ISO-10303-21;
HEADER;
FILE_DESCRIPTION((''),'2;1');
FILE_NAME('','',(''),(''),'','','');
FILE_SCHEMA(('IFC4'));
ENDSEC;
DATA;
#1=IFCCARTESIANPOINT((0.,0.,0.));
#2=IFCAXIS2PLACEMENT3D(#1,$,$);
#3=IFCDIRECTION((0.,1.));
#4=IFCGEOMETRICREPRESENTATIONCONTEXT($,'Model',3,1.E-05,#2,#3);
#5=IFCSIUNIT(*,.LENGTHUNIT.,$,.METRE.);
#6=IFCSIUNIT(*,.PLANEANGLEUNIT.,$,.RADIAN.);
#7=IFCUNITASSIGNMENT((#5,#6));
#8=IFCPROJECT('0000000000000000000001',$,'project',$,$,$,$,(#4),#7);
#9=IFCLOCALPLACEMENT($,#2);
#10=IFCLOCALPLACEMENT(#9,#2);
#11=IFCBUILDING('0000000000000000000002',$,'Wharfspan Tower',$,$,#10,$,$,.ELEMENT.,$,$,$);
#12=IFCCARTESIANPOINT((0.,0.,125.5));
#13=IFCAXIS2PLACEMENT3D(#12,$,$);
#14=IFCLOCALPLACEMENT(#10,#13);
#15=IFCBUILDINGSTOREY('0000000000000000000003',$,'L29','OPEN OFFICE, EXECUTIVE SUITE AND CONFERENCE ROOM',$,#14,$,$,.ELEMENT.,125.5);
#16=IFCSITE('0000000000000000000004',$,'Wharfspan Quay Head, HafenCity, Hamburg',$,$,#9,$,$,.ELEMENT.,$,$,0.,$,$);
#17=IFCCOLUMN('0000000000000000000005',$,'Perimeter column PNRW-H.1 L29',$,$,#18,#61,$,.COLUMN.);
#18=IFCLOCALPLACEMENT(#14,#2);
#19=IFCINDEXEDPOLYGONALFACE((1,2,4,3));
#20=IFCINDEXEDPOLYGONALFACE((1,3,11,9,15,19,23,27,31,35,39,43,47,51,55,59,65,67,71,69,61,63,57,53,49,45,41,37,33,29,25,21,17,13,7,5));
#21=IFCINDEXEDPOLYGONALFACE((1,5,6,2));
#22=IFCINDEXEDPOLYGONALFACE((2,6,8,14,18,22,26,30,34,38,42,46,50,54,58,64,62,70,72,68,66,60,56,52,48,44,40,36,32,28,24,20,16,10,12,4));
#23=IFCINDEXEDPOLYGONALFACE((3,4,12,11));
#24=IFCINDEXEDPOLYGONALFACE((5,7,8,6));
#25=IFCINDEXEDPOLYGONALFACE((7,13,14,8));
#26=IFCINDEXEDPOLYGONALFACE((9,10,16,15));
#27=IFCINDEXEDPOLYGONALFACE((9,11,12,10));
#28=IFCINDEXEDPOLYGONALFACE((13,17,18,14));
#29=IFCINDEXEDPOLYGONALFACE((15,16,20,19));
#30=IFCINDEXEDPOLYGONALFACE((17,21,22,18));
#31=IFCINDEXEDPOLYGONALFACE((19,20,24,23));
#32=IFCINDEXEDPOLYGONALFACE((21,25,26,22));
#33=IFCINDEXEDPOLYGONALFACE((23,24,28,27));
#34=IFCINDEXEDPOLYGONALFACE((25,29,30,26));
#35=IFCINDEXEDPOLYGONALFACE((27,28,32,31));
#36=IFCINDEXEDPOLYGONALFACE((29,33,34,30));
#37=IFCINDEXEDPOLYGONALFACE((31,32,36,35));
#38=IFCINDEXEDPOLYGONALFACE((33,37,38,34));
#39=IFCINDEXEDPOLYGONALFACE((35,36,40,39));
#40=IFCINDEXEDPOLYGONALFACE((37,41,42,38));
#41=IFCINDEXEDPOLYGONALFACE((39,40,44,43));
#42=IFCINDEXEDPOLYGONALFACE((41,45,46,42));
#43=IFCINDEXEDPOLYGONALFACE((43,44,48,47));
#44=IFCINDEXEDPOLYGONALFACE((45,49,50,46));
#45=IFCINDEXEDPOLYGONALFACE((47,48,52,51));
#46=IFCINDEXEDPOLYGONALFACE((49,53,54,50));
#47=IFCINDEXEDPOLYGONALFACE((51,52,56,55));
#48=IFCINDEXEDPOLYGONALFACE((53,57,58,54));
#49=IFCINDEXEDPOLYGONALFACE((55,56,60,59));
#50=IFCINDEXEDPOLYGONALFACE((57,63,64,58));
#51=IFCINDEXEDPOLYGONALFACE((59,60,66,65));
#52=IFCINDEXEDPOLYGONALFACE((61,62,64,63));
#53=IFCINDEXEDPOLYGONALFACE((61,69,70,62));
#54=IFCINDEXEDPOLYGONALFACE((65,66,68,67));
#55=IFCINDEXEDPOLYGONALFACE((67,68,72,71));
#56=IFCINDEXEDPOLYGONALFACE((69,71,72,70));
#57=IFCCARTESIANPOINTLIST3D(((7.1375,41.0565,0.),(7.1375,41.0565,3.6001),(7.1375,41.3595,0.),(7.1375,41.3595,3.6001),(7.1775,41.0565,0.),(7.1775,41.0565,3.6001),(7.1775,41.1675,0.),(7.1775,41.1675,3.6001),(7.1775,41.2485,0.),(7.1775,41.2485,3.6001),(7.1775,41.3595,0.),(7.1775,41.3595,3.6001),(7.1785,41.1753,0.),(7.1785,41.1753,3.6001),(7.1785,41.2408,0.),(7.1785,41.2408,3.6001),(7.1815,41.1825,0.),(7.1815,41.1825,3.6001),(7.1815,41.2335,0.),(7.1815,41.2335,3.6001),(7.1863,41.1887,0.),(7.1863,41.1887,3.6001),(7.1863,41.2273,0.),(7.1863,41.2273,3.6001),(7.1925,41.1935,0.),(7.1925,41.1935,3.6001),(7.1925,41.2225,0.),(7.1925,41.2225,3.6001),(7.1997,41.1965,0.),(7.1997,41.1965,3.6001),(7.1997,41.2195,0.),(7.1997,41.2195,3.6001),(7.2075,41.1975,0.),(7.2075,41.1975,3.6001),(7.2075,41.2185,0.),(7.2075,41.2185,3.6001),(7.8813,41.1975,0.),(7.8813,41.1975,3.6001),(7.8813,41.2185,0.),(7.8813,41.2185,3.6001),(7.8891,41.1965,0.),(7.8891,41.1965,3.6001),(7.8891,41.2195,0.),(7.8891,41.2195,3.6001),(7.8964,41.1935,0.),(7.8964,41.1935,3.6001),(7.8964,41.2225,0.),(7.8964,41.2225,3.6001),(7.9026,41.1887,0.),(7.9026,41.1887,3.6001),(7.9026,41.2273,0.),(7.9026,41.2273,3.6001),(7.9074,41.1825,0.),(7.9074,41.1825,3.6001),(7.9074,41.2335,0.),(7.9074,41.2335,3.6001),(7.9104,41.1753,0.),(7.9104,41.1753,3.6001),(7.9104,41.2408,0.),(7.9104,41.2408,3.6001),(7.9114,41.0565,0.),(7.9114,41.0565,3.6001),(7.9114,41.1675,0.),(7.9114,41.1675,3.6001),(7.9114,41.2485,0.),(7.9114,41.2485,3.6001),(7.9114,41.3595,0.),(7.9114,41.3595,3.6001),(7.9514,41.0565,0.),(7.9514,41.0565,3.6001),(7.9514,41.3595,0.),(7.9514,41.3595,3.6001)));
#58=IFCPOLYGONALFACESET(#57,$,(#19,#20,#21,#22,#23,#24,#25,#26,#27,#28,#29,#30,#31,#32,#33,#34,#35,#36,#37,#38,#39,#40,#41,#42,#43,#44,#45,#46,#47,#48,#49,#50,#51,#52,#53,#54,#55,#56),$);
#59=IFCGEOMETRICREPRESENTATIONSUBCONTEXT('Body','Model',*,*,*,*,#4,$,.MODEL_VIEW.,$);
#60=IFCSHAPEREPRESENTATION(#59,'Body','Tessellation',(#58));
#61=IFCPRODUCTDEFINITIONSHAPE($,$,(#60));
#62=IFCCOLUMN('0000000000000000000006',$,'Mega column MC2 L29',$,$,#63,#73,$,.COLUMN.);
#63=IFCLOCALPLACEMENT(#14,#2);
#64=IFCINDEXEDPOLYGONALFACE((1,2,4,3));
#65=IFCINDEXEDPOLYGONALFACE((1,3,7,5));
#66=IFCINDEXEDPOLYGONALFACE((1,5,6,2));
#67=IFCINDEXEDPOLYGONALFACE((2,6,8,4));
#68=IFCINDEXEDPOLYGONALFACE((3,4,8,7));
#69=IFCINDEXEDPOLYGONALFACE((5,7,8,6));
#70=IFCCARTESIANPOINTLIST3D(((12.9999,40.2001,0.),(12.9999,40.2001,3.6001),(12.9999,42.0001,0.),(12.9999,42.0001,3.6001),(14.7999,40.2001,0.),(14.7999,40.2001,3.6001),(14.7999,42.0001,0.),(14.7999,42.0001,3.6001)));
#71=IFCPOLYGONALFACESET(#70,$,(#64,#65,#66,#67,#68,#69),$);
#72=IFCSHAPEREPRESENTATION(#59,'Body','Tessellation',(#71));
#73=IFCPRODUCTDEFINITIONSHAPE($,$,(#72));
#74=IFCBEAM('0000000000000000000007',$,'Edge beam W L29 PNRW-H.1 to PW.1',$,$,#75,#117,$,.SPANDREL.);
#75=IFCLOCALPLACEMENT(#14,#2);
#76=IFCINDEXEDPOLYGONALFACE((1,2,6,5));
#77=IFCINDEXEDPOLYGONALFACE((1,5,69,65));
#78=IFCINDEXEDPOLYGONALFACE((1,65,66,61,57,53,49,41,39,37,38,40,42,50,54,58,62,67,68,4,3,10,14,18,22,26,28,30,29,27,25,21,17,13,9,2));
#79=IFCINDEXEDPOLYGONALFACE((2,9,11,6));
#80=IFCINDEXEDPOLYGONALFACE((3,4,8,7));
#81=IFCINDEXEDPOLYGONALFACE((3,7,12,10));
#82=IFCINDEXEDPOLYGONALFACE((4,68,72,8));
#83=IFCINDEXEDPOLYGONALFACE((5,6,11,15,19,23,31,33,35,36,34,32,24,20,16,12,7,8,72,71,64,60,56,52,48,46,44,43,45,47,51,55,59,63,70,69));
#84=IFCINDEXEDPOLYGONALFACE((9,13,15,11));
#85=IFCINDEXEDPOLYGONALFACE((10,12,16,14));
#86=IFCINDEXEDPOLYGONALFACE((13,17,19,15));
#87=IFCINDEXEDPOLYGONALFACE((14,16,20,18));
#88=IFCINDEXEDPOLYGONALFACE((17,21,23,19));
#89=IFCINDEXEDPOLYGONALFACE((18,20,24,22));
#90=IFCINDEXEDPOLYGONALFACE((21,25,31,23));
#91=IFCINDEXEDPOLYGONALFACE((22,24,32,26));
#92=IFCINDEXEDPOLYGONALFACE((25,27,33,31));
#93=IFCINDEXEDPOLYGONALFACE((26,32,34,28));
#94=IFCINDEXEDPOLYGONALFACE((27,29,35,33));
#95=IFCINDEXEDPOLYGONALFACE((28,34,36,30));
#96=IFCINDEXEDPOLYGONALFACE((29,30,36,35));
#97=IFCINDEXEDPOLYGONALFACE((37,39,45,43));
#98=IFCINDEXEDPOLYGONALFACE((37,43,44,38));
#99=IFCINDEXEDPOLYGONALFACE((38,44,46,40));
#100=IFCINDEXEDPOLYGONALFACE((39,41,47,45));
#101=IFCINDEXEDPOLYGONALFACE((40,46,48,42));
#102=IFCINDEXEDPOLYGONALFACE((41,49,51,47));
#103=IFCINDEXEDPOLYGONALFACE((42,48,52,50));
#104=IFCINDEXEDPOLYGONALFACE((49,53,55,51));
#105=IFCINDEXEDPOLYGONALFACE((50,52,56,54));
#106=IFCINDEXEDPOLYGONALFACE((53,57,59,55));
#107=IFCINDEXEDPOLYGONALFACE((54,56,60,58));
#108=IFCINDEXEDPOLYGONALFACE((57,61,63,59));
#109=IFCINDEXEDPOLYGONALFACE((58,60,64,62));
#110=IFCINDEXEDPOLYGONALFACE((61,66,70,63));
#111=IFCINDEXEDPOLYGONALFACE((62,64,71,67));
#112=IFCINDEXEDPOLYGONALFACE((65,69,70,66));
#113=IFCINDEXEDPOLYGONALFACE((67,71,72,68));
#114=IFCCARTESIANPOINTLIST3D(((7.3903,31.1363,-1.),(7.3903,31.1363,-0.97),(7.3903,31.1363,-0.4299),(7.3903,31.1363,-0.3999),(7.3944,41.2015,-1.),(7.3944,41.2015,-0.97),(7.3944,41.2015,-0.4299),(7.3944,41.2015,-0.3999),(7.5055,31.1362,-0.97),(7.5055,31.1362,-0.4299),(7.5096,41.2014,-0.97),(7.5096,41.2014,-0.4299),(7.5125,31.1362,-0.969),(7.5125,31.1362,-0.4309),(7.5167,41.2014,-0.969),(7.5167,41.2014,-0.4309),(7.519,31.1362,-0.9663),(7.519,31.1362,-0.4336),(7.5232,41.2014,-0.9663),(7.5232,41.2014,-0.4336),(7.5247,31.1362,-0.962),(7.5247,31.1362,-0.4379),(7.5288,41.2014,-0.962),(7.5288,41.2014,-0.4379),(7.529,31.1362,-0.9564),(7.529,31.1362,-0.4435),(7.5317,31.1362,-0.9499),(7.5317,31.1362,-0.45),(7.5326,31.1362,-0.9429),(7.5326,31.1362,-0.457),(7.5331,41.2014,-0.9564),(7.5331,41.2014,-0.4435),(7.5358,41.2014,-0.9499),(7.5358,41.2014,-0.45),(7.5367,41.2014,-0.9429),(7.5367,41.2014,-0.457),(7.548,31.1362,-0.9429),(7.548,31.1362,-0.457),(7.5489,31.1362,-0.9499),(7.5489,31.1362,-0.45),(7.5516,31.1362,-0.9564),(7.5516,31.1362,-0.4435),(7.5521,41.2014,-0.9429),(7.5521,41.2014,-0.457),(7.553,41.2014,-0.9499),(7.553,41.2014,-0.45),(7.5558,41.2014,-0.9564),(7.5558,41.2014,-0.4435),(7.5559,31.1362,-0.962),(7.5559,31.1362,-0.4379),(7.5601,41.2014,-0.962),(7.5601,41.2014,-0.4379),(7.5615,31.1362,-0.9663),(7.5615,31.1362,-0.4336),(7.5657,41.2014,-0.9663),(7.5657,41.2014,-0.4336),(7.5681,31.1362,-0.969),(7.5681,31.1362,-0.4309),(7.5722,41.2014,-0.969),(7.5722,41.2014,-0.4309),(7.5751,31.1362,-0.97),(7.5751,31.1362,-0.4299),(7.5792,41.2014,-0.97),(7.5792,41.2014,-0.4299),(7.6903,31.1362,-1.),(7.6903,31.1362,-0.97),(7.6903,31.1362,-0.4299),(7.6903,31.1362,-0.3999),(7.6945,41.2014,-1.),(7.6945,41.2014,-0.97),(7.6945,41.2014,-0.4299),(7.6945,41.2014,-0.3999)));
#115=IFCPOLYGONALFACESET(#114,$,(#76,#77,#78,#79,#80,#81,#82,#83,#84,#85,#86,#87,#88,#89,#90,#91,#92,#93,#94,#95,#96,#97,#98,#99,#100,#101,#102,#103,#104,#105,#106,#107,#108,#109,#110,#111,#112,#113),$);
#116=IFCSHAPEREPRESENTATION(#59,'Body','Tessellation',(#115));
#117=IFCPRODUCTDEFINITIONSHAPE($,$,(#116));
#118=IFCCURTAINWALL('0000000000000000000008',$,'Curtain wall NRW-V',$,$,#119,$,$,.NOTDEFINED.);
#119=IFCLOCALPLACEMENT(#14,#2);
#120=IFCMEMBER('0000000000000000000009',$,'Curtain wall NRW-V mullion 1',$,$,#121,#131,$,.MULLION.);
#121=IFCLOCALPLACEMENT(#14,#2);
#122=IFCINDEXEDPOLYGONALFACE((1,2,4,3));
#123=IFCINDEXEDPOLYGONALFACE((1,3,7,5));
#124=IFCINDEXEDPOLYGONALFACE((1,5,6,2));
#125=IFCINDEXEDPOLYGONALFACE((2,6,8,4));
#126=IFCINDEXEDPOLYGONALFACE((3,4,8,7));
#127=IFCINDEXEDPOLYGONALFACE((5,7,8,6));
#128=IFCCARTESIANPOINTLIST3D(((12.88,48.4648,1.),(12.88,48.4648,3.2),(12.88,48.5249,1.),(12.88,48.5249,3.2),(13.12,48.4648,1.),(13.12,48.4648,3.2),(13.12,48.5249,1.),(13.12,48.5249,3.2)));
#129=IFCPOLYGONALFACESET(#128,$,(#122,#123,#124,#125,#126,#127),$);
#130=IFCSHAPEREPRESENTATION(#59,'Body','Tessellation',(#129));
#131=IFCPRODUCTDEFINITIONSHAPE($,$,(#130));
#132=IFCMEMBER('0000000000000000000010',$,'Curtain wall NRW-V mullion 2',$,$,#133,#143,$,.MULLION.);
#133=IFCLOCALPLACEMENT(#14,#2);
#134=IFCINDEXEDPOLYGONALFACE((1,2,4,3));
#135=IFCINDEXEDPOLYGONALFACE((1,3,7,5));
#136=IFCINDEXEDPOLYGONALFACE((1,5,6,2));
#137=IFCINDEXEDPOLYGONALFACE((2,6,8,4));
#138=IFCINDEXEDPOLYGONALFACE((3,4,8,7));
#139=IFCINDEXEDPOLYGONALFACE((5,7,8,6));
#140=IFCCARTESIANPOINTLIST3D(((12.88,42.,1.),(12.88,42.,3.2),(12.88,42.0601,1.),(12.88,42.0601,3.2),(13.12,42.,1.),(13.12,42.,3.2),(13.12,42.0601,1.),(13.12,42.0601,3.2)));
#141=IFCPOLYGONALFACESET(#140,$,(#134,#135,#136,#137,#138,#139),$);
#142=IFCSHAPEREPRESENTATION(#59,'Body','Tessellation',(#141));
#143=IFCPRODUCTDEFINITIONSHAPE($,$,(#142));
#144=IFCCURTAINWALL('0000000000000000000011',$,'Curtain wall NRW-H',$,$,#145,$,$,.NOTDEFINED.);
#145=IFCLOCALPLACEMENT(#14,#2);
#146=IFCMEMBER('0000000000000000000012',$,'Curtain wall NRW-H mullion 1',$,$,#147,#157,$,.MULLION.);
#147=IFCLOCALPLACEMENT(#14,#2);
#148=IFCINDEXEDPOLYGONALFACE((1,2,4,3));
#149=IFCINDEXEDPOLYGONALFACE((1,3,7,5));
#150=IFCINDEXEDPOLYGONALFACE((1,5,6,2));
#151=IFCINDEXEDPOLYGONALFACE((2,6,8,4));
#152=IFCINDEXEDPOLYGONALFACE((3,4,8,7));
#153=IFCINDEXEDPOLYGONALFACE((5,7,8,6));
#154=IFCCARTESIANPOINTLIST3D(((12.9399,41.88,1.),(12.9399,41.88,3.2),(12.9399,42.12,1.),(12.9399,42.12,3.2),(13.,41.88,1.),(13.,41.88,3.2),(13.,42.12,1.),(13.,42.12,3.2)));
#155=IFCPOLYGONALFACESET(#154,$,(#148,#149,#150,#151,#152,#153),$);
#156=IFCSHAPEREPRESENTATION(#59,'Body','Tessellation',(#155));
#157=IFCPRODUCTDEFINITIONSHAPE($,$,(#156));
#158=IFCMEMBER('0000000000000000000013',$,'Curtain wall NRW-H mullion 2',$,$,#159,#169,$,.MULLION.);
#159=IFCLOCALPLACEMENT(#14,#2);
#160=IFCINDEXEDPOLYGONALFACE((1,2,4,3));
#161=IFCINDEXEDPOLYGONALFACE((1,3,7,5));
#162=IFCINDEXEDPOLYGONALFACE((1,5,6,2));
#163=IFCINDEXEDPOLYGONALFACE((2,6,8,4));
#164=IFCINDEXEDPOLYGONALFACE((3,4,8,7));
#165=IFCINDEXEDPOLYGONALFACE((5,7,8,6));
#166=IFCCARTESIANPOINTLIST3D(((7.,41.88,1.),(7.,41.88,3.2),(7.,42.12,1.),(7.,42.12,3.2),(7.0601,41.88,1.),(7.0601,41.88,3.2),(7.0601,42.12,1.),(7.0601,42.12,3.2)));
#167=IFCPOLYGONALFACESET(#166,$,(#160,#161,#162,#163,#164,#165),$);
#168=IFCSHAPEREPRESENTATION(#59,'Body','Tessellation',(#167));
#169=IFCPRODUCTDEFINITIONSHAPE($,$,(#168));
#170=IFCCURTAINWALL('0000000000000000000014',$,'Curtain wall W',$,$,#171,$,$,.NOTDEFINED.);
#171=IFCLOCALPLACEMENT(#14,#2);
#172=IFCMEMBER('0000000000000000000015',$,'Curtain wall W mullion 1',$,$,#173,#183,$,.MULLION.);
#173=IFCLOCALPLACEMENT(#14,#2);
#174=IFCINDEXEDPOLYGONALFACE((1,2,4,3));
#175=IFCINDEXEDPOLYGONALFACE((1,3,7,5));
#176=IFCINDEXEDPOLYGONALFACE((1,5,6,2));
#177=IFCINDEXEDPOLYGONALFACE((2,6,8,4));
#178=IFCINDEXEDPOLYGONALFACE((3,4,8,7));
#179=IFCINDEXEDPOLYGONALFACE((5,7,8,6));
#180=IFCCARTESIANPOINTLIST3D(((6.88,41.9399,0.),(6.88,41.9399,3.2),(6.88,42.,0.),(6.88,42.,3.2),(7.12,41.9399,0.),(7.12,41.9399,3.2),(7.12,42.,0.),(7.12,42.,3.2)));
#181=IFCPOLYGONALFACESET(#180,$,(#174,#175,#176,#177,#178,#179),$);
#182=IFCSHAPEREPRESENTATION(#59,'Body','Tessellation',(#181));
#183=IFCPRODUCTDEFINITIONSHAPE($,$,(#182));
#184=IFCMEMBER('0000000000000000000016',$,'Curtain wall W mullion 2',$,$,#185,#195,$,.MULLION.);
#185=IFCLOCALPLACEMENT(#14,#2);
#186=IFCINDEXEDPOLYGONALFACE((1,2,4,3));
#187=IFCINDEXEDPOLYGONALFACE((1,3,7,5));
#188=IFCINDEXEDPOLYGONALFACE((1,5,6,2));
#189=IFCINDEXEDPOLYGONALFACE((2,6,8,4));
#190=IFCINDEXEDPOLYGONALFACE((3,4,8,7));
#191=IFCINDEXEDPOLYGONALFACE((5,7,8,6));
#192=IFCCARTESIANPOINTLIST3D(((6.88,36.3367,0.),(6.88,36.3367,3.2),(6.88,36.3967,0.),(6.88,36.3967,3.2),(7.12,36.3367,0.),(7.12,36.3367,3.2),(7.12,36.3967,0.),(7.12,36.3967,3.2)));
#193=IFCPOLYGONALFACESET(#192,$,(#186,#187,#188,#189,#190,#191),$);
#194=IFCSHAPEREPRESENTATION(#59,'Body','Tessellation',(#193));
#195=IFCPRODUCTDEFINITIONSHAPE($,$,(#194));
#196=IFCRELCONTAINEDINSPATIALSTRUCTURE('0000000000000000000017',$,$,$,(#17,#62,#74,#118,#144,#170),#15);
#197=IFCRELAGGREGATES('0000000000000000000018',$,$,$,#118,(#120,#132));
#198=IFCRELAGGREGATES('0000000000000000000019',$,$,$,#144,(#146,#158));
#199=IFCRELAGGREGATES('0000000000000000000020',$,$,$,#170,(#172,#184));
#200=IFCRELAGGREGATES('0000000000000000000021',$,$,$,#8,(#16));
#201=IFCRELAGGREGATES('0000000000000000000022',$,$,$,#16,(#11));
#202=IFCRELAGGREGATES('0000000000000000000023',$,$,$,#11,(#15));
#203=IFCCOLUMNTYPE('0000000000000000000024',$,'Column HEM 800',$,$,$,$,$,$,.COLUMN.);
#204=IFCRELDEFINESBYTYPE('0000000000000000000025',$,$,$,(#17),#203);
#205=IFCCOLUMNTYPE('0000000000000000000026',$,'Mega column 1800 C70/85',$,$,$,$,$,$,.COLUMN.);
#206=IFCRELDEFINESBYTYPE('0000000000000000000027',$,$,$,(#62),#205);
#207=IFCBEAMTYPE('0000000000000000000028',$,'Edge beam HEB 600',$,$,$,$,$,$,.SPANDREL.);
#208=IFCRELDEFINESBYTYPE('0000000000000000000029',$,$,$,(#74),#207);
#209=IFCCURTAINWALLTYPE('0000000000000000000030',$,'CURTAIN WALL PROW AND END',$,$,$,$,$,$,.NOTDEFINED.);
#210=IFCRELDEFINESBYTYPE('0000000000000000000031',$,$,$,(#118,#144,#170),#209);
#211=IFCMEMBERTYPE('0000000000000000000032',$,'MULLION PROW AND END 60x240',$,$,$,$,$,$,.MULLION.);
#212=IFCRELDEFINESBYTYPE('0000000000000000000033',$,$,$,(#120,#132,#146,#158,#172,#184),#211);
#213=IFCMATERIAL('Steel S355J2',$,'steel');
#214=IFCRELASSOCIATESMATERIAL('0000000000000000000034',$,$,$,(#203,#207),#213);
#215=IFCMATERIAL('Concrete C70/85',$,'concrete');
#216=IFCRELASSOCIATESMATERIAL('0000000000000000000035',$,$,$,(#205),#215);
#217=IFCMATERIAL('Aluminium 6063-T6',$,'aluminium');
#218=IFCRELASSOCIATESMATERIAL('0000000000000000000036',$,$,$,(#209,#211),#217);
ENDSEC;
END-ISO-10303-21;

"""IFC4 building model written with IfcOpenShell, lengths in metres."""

from ifc_helpers import new_model, si_unit, direction, frame, origin, origin_2d, place, context, subcontext, project, spatial, rectangle, i_section, extrude, material, material_profile, profile_set, type_object, element, aggregate, save


model = new_model("IFC4")

# Units and contexts
model_context = context("Model", 3, precision=1e-05, world=origin(), true_north=direction((0.0, 1.0)))
body_context = subcontext(model_context, "Body", "Model", "MODEL_VIEW")
ifc_project = project(units=[si_unit("LENGTHUNIT", "METRE"), si_unit("PLANEANGLEUNIT", "RADIAN")], contexts=[model_context])

# Site, building, storey
site_placement = place(None, origin())
site = spatial("IfcSite", under=ifc_project, at=site_placement, Name="Wharfspan Quay Head, HafenCity, Hamburg", CompositionType="ELEMENT", RefElevation=0.0)
building_placement = place(site_placement, origin())
building = spatial("IfcBuilding", under=site, at=building_placement, Name="Wharfspan Tower", CompositionType="ELEMENT")
storey_placement = place(building_placement, frame((0.0, 0.0, 125.5)))
storey = spatial("IfcBuildingStorey", under=building, at=storey_placement, Name="L29", Description="OPEN OFFICE, EXECUTIVE SUITE AND CONFERENCE ROOM", CompositionType="ELEMENT", Elevation=125.5)

# Columns
ifc_material_1 = material(Name="Steel S355J2", Category="steel")
ifc_material_profile_1 = material_profile(ifc_material_1, i_section(OverallWidth=0.303, OverallDepth=0.814, WebThickness=0.021, FlangeThickness=0.04, FilletRadius=0.03, at=origin_2d()))
ifc_profile_set_1 = profile_set([ifc_material_profile_1], Name="Steel S355J2")
column_type_1 = type_object("IfcColumnType", Name="Column HEM 800", PredefinedType="COLUMN", material=ifc_profile_set_1)
column_1_placement = place(storey_placement, frame((7.5444, 41.208, 0.0), z_axis=(0.0, 0.0, 1.0), x_axis=(0.0, 1.0, 0.0)))
element("IfcColumn", 1, at=column_1_placement, inside=storey, type_object=column_type_1, Name="Perimeter column PNRW-H.1 L29", PredefinedType="COLUMN", context=body_context, shape_type="SweptSolid", body=[
    extrude(i_section(OverallWidth=0.303, OverallDepth=0.814, WebThickness=0.021, FlangeThickness=0.04, FilletRadius=0.03, at=origin_2d()), origin(), (0.0, 0.0, 1.0), 3.6001),
])
ifc_material_2 = material(Name="Concrete C70/85", Category="concrete")
ifc_material_profile_2 = material_profile(ifc_material_2, rectangle(XDim=1.8, YDim=1.8, at=origin_2d()))
ifc_profile_set_2 = profile_set([ifc_material_profile_2], Name="Concrete C70/85")
column_type_2 = type_object("IfcColumnType", Name="Mega column 1800 C70/85", PredefinedType="COLUMN", material=ifc_profile_set_2)
column_2_placement = place(storey_placement, frame((13.8999, 41.1001, 0.0), z_axis=(0.0, 0.0, 1.0), x_axis=(1.0, 0.0, 0.0)))
element("IfcColumn", 2, at=column_2_placement, inside=storey, type_object=column_type_2, Name="Mega column MC2 L29", PredefinedType="COLUMN", context=body_context, shape_type="SweptSolid", body=[
    extrude(rectangle(XDim=1.8, YDim=1.8, at=origin_2d()), origin(), (0.0, 0.0, 1.0), 3.6001),
])

# Beam
ifc_material_profile_3 = material_profile(ifc_material_1, i_section(OverallWidth=0.3, OverallDepth=0.6001, WebThickness=0.0154, FlangeThickness=0.03, FilletRadius=0.0271, at=origin_2d()))
ifc_profile_set_3 = profile_set([ifc_material_profile_3], Name="Steel S355J2")
beam_type = type_object("IfcBeamType", Name="Edge beam HEB 600", PredefinedType="SPANDREL", material=ifc_profile_set_3)
beam_placement = place(storey_placement, frame((7.5444, 41.2014, -0.7), z_axis=(-0.000412, -1.0, 0.0), x_axis=(1.0, -0.000412, 0.0)))
element("IfcBeam", 3, at=beam_placement, inside=storey, type_object=beam_type, Name="Edge beam W L29 PNRW-H.1 to PW.1", PredefinedType="SPANDREL", context=body_context, shape_type="SweptSolid", body=[
    extrude(i_section(OverallWidth=0.3, OverallDepth=0.6001, WebThickness=0.0154, FlangeThickness=0.03, FilletRadius=0.0271, at=origin_2d()), origin(), (0.0, 0.0, 1.0), 10.0652),
])

# Curtain walls, members
ifc_material_3 = material(Name="Aluminium 6063-T6", Category="aluminium")
curtain_wall_type = type_object("IfcCurtainWallType", Name="CURTAIN WALL PROW AND END", PredefinedType="NOTDEFINED", material=ifc_material_3)
curtain_wall_1_placement = place(storey_placement, origin())
curtain_wall_1 = element("IfcCurtainWall", 4, at=curtain_wall_1_placement, inside=storey, type_object=curtain_wall_type, Name="Curtain wall NRW-V", PredefinedType="NOTDEFINED")
ifc_material_profile_4 = material_profile(ifc_material_3, rectangle(XDim=0.24, YDim=0.0601, at=origin_2d()))
ifc_profile_set_4 = profile_set([ifc_material_profile_4], Name="Aluminium 6063-T6")
member_type_1 = type_object("IfcMemberType", Name="MULLION PROW AND END 60x240", PredefinedType="MULLION", material=ifc_profile_set_4)
member_1_placement = place(storey_placement, frame((13.0, 48.4949, 1.0), z_axis=(0.0, 0.0, 1.0), x_axis=(1.0, 0.0, 0.0)))
member_1 = element("IfcMember", 5, at=member_1_placement, type_object=member_type_1, Name="Curtain wall NRW-V mullion 1", PredefinedType="MULLION", context=body_context, shape_type="SweptSolid", body=[
    extrude(rectangle(XDim=0.24, YDim=0.0601, at=origin_2d()), origin(), (0.0, 0.0, 1.0), 2.2),
])
member_2_placement = place(storey_placement, frame((13.0, 42.03, 1.0), z_axis=(0.0, 0.0, 1.0), x_axis=(1.0, 0.0, 0.0)))
member_2 = element("IfcMember", 6, at=member_2_placement, type_object=member_type_1, Name="Curtain wall NRW-V mullion 2", PredefinedType="MULLION", context=body_context, shape_type="SweptSolid", body=[
    extrude(rectangle(XDim=0.24, YDim=0.0601, at=origin_2d()), origin(), (0.0, 0.0, 1.0), 2.2),
])
curtain_wall_2_placement = place(storey_placement, origin())
curtain_wall_2 = element("IfcCurtainWall", 7, at=curtain_wall_2_placement, inside=storey, type_object=curtain_wall_type, Name="Curtain wall NRW-H", PredefinedType="NOTDEFINED")
member_3_placement = place(storey_placement, frame((12.97, 42.0, 1.0), z_axis=(0.0, 0.0, 1.0), x_axis=(0.0, -1.0, 0.0)))
member_3 = element("IfcMember", 8, at=member_3_placement, type_object=member_type_1, Name="Curtain wall NRW-H mullion 1", PredefinedType="MULLION", context=body_context, shape_type="SweptSolid", body=[
    extrude(rectangle(XDim=0.24, YDim=0.0601, at=origin_2d()), origin(), (0.0, 0.0, 1.0), 2.2),
])
member_4_placement = place(storey_placement, frame((7.03, 42.0, 1.0), z_axis=(0.0, 0.0, 1.0), x_axis=(0.0, -1.0, 0.0)))
member_4 = element("IfcMember", 9, at=member_4_placement, type_object=member_type_1, Name="Curtain wall NRW-H mullion 2", PredefinedType="MULLION", context=body_context, shape_type="SweptSolid", body=[
    extrude(rectangle(XDim=0.24, YDim=0.0601, at=origin_2d()), origin(), (0.0, 0.0, 1.0), 2.2),
])
curtain_wall_3_placement = place(storey_placement, origin())
curtain_wall_3 = element("IfcCurtainWall", 10, at=curtain_wall_3_placement, inside=storey, type_object=curtain_wall_type, Name="Curtain wall W", PredefinedType="NOTDEFINED")
member_5_placement = place(storey_placement, frame((7.0, 41.97, 0.0), z_axis=(0.0, 0.0, 1.0), x_axis=(1.0, 0.0, 0.0)))
member_5 = element("IfcMember", 11, at=member_5_placement, type_object=member_type_1, Name="Curtain wall W mullion 1", PredefinedType="MULLION", context=body_context, shape_type="SweptSolid", body=[
    extrude(rectangle(XDim=0.24, YDim=0.0601, at=origin_2d()), origin(), (0.0, 0.0, 1.0), 3.2),
])
member_6_placement = place(storey_placement, frame((7.0, 36.3667, 0.0), z_axis=(0.0, 0.0, 1.0), x_axis=(1.0, 0.0, 0.0)))
member_6 = element("IfcMember", 12, at=member_6_placement, type_object=member_type_1, Name="Curtain wall W mullion 2", PredefinedType="MULLION", context=body_context, shape_type="SweptSolid", body=[
    extrude(rectangle(XDim=0.24, YDim=0.0601, at=origin_2d()), origin(), (0.0, 0.0, 1.0), 3.2),
])

aggregate(curtain_wall_1, [member_1, member_2])
aggregate(curtain_wall_2, [member_3, member_4])
aggregate(curtain_wall_3, [member_5, member_6])

save(model, "model.ifc")
